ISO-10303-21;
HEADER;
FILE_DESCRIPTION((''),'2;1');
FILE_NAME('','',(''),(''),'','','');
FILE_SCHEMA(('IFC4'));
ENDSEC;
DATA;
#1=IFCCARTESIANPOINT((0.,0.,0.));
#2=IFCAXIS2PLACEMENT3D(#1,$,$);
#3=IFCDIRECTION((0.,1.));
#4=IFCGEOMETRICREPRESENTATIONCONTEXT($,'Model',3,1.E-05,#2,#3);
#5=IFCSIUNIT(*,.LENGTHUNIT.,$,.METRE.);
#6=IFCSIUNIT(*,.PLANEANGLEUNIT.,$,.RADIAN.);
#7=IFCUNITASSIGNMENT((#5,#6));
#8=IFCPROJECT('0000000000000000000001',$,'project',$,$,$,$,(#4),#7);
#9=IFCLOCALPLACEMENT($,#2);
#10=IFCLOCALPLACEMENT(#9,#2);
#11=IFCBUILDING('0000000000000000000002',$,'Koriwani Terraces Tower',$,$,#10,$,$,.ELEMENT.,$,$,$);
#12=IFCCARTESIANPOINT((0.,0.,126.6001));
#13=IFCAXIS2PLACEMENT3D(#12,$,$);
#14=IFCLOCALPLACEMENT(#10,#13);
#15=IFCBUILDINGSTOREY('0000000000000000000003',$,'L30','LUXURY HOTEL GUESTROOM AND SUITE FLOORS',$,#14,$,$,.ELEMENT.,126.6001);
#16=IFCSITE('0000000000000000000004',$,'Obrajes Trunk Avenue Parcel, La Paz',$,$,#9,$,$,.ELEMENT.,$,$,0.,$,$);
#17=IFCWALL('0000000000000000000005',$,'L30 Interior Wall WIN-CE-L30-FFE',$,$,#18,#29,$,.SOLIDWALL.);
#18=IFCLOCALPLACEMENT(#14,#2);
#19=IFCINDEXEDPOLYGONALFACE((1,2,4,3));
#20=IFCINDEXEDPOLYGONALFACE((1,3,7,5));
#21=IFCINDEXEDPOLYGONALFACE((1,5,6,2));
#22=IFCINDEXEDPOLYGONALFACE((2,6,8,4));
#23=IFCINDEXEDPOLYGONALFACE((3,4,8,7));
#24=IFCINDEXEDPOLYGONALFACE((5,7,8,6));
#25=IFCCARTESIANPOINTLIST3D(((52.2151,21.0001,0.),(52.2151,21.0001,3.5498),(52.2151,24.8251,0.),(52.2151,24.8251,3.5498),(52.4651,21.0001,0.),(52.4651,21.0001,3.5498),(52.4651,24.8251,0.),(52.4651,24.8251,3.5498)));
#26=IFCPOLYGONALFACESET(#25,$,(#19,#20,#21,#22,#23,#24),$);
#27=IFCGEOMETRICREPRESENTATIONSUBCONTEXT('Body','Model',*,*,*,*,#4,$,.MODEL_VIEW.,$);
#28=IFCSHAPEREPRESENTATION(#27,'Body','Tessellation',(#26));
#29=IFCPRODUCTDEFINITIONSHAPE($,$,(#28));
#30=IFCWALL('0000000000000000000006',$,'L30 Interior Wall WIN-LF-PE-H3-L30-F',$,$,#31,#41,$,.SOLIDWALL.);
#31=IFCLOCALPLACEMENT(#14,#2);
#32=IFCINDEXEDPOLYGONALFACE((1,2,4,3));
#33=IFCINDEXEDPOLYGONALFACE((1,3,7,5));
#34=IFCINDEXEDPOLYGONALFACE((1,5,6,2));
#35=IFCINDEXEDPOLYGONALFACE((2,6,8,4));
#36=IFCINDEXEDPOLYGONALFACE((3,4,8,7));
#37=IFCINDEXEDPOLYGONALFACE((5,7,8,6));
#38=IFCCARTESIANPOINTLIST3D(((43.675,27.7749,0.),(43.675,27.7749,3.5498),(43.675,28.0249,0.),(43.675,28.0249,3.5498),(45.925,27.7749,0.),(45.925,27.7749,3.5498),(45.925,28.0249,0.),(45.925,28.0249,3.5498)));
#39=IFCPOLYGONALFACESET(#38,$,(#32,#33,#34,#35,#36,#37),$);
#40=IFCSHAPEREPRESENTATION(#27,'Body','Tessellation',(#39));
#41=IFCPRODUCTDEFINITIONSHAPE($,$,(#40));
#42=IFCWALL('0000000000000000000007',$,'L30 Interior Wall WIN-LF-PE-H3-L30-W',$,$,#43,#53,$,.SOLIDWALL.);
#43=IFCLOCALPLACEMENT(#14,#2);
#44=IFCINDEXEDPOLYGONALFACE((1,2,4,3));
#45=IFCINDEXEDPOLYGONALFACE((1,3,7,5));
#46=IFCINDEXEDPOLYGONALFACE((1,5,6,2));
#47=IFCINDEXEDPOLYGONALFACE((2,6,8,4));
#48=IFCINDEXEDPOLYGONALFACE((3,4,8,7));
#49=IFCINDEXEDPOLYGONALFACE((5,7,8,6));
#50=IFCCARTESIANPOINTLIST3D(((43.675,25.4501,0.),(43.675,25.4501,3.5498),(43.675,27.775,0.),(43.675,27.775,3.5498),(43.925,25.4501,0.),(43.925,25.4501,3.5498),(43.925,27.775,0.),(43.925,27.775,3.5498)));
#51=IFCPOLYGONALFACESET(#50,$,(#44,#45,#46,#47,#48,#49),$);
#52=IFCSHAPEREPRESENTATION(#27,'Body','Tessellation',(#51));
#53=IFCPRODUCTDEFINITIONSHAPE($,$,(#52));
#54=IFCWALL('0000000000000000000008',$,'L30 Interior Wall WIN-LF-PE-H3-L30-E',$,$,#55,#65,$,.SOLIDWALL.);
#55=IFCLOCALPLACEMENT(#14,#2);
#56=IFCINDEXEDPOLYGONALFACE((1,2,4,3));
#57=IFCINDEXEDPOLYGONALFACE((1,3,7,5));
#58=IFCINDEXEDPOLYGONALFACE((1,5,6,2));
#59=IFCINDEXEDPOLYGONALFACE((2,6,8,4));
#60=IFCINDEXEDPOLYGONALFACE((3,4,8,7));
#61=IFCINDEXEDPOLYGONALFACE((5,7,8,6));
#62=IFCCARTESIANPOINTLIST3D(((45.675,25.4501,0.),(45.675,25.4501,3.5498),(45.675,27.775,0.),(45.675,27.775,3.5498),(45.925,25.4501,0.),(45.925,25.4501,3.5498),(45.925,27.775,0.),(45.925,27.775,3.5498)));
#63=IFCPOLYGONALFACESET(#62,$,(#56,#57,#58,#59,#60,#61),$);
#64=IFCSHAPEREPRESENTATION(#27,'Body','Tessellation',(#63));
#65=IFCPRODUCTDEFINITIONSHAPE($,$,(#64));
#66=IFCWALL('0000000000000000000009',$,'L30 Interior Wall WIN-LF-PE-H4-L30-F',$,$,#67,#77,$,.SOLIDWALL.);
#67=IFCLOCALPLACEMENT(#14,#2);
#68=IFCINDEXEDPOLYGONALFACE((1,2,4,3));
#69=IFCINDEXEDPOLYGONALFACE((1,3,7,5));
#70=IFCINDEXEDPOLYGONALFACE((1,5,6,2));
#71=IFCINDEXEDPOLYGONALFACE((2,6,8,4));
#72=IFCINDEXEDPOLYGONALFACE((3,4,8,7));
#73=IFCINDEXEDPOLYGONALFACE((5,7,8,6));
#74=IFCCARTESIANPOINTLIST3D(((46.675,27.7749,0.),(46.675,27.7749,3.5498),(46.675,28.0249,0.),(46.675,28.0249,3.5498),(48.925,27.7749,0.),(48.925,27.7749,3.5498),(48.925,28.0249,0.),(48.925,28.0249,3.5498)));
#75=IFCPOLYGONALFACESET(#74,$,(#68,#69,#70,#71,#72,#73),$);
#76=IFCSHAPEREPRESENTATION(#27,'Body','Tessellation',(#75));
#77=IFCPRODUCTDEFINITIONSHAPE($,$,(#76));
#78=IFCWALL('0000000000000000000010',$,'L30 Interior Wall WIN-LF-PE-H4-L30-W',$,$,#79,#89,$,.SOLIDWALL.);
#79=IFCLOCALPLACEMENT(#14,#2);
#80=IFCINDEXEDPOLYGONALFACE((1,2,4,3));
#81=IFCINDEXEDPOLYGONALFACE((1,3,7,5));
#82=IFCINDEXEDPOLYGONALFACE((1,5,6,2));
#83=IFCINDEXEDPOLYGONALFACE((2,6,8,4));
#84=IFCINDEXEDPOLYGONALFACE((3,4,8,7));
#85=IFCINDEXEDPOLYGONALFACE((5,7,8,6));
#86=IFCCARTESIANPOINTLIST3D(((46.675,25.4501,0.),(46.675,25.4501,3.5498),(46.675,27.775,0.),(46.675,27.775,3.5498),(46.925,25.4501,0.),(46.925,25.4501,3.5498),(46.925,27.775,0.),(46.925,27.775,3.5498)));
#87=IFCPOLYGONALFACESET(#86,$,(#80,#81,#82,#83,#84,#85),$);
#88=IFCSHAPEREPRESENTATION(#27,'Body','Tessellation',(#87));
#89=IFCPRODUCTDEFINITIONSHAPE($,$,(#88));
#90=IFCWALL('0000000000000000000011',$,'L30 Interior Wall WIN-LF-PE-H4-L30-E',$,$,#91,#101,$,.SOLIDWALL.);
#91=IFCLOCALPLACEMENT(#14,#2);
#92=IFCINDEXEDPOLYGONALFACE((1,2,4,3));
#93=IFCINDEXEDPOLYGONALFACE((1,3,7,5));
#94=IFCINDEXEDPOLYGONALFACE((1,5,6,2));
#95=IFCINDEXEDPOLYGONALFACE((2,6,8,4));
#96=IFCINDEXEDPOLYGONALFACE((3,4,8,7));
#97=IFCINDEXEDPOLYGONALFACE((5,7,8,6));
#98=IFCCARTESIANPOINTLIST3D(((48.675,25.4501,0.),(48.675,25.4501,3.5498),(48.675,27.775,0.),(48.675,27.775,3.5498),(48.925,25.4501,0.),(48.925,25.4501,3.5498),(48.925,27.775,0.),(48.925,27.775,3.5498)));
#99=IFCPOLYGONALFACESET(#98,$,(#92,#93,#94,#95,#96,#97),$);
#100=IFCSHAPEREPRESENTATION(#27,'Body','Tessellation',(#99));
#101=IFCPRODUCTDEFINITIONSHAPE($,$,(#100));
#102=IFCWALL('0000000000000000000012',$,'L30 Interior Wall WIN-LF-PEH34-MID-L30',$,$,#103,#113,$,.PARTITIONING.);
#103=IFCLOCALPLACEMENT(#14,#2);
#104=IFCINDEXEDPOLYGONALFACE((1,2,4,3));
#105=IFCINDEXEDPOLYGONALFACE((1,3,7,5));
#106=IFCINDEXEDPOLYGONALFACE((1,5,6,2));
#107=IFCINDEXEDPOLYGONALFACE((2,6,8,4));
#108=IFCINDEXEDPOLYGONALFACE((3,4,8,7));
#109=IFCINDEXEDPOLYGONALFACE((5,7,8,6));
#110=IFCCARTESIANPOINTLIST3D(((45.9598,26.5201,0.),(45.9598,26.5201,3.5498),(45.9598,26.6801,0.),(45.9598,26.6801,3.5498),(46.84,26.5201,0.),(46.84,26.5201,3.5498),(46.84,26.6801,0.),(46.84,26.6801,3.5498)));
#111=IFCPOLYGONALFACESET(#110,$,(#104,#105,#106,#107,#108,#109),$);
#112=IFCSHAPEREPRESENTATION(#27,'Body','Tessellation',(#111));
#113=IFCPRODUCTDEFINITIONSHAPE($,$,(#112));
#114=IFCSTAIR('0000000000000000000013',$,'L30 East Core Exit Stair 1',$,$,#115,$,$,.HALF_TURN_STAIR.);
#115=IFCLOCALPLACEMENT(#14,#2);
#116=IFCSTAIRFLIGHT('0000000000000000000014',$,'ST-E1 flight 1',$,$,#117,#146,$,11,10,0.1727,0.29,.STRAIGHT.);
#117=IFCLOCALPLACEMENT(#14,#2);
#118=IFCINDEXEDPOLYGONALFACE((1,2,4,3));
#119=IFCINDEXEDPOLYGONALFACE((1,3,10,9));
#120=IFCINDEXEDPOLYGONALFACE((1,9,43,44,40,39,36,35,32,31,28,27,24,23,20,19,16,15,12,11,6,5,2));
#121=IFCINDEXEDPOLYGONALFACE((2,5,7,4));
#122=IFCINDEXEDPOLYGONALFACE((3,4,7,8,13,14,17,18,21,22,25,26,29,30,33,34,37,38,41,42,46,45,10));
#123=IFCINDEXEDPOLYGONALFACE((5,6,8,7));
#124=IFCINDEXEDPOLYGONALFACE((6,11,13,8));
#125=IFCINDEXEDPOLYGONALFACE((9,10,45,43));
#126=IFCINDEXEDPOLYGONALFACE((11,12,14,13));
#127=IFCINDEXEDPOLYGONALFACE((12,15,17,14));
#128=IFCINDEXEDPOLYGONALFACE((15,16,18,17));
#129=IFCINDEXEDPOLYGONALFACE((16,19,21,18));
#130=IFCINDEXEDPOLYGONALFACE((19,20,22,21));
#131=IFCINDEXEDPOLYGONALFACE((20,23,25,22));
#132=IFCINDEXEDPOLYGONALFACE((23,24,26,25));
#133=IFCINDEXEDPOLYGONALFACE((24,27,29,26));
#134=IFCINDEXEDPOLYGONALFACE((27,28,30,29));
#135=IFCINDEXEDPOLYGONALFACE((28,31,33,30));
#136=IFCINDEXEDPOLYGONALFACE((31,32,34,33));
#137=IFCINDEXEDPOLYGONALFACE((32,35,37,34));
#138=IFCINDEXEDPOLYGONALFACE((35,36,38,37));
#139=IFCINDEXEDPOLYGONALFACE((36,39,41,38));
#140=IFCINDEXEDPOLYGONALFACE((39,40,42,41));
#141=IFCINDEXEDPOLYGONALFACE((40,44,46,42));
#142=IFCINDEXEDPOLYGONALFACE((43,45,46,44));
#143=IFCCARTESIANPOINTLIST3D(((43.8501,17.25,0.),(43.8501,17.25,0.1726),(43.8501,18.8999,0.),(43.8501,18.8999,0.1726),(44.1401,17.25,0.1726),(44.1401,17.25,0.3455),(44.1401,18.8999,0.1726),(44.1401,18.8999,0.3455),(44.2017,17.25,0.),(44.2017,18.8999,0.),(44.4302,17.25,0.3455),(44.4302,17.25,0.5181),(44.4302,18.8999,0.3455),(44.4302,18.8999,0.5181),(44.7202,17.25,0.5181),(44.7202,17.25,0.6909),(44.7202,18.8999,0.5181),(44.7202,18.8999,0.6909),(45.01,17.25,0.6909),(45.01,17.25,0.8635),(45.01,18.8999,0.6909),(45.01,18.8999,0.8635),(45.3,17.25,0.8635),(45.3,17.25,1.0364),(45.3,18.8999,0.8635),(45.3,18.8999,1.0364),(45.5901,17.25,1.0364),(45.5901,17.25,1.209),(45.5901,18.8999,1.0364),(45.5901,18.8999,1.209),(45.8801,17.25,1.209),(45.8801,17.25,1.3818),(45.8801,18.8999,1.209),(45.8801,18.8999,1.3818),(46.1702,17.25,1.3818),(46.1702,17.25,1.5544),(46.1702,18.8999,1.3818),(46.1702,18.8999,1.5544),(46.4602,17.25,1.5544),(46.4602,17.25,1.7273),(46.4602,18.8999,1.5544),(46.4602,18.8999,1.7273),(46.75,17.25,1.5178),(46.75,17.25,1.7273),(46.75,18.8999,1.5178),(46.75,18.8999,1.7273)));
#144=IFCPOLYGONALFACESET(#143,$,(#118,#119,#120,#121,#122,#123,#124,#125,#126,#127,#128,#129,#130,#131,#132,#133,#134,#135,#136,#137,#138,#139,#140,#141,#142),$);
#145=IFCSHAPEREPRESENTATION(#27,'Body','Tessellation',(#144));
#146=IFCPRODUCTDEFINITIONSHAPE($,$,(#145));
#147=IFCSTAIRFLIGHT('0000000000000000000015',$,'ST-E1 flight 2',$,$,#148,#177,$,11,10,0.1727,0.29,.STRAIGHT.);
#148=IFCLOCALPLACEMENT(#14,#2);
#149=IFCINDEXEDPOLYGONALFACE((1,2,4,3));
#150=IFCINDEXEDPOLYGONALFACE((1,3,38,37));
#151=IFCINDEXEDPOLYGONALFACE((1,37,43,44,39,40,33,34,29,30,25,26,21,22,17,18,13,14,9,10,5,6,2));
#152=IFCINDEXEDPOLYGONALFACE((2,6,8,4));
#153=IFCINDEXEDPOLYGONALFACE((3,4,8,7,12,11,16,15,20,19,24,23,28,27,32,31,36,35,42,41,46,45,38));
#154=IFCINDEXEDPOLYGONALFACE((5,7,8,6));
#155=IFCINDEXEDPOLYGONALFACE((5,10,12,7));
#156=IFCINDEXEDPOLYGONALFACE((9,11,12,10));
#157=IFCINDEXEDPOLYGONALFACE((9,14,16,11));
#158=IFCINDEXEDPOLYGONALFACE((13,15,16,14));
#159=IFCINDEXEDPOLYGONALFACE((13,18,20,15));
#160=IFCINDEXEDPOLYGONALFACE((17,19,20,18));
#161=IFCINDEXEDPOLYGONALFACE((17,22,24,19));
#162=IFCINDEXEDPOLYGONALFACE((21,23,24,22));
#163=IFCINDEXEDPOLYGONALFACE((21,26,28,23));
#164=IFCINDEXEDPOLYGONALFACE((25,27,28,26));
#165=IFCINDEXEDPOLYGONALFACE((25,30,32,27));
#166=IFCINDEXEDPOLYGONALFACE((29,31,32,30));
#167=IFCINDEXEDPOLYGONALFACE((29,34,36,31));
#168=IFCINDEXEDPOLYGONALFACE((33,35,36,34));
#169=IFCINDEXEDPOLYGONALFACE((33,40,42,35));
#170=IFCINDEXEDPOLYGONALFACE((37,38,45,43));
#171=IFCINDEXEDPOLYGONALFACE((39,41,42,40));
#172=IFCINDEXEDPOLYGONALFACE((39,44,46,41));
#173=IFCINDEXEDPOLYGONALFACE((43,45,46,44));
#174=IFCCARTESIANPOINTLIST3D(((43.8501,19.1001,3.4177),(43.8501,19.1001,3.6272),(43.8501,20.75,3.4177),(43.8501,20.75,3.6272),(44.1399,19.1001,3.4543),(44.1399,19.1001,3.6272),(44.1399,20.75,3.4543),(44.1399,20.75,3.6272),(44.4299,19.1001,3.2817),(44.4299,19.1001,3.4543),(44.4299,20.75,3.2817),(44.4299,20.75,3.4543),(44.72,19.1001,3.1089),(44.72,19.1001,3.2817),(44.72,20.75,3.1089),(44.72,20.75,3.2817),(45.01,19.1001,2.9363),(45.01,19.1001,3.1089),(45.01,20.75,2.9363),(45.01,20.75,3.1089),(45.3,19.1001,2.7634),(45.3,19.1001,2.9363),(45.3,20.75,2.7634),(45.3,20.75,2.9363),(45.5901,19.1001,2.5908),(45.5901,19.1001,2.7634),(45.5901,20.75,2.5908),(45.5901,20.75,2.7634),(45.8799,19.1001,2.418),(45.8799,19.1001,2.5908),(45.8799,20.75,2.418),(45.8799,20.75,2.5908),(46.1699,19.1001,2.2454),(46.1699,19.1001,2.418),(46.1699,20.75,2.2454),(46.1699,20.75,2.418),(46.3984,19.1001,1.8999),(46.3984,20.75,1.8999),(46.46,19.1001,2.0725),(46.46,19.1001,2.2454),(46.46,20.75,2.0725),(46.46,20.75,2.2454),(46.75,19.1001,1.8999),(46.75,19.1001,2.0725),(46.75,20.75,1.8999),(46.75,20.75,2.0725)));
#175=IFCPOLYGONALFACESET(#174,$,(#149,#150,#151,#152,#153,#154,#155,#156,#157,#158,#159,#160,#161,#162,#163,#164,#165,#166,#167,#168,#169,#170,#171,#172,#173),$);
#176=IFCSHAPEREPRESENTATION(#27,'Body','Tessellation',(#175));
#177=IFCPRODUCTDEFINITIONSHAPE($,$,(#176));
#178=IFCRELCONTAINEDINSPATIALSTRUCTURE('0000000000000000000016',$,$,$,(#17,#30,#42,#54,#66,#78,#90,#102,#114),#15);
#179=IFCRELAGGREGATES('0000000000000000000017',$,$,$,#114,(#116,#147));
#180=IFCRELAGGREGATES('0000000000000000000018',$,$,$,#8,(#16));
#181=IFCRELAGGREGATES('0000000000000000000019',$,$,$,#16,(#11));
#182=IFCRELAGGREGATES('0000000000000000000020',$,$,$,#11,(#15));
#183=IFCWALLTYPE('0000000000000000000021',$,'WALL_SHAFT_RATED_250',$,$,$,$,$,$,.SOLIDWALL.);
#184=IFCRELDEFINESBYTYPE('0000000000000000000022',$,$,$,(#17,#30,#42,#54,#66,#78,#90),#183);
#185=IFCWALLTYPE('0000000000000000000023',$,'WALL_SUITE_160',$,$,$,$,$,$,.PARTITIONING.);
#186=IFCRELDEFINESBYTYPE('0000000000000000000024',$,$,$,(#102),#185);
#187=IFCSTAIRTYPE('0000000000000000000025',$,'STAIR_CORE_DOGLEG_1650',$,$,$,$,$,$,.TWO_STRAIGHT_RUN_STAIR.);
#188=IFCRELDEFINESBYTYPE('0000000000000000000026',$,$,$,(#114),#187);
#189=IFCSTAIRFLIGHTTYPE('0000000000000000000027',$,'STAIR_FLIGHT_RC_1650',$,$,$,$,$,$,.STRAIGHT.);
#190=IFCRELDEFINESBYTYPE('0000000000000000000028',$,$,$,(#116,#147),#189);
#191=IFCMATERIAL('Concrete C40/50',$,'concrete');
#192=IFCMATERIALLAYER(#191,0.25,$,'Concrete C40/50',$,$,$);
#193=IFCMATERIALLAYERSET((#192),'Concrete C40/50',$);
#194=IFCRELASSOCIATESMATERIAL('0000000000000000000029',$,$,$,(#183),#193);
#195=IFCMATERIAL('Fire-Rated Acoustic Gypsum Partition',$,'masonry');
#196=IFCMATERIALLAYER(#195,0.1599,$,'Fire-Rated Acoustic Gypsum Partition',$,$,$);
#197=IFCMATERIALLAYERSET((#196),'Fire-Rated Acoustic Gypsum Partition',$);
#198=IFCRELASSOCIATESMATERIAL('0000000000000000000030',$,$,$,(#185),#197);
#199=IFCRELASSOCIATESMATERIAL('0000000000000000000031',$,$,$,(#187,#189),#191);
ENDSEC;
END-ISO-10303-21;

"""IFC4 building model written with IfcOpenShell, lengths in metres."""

from ifc_helpers import new_model, si_unit, direction, frame, frame_2d, origin, place, context, subcontext, project, spatial, polyline, rectangle, outline, extrude, material, layer, layer_set, type_object, element, aggregate, save


model = new_model("IFC4")

# Units and contexts
model_context = context("Model", 3, precision=1e-05, world=origin(), true_north=direction((0.0, 1.0)))
body_context = subcontext(model_context, "Body", "Model", "MODEL_VIEW")
ifc_project = project(units=[si_unit("LENGTHUNIT", "METRE"), si_unit("PLANEANGLEUNIT", "RADIAN")], contexts=[model_context])

# Site, building, storey
site_placement = place(None, origin())
site = spatial("IfcSite", under=ifc_project, at=site_placement, Name="Obrajes Trunk Avenue Parcel, La Paz", CompositionType="ELEMENT", RefElevation=0.0)
building_placement = place(site_placement, origin())
building = spatial("IfcBuilding", under=site, at=building_placement, Name="Koriwani Terraces Tower", CompositionType="ELEMENT")
storey_placement = place(building_placement, frame((0.0, 0.0, 126.6001)))
storey = spatial("IfcBuildingStorey", under=building, at=storey_placement, Name="L30", Description="LUXURY HOTEL GUESTROOM AND SUITE FLOORS", CompositionType="ELEMENT", Elevation=126.6001)

# Shared definitions
ifc_material_1 = material(Name="Concrete C40/50", Category="concrete")
ifc_layer_1 = layer(ifc_material_1, 0.25, Name="Concrete C40/50")
ifc_layer_set_1 = layer_set([ifc_layer_1], Name="Concrete C40/50")
wall_type_1 = type_object("IfcWallType", Name="WALL_SHAFT_RATED_250", PredefinedType="SOLIDWALL", material=ifc_layer_set_1)

# Walls
wall_1_placement = place(storey_placement, frame((52.3401, 21.0, 0.0), z_axis=(0.0, 0.0, 1.0), x_axis=(0.0, 1.0, 0.0)))
element("IfcWall", 1, at=wall_1_placement, inside=storey, type_object=wall_type_1, Name="L30 Interior Wall WIN-CE-L30-FFE", PredefinedType="SOLIDWALL", context=body_context, shape_type="SweptSolid", body=[
    extrude(rectangle(XDim=3.825, YDim=0.25, at=frame_2d((1.9126, 0.0))), origin(), (0.0, 0.0, 1.0), 3.5498),
])
wall_2_placement = place(storey_placement, frame((43.675, 27.8999, 0.0), z_axis=(0.0, 0.0, 1.0), x_axis=(1.0, 0.0, 0.0)))
element("IfcWall", 2, at=wall_2_placement, inside=storey, type_object=wall_type_1, Name="L30 Interior Wall WIN-LF-PE-H3-L30-F", PredefinedType="SOLIDWALL", context=body_context, shape_type="SweptSolid", body=[
    extrude(rectangle(XDim=2.25, YDim=0.25, at=frame_2d((1.125, 0.0))), origin(), (0.0, 0.0, 1.0), 3.5498),
])
for number, where, z_axis, x_axis, name in (
    (3, (43.8, 25.45, 0.0), (0.0, 0.0, 1.0), (0.0, 1.0, 0.0), "L30 Interior Wall WIN-LF-PE-H3-L30-W"),
    (4, (45.8, 25.45, 0.0), (0.0, 0.0, 1.0), (0.0, 1.0, 0.0), "L30 Interior Wall WIN-LF-PE-H3-L30-E"),
):
    element("IfcWall", number, at=place(storey_placement, frame(where, z_axis=z_axis, x_axis=x_axis)), inside=storey, type_object=wall_type_1, Name=name, PredefinedType="SOLIDWALL", context=body_context, shape_type="SweptSolid", body=[
        extrude(rectangle(XDim=2.325, YDim=0.25, at=frame_2d((1.1626, 0.0))), origin(), (0.0, 0.0, 1.0), 3.5498),
    ])
wall_3_placement = place(storey_placement, frame((46.675, 27.8999, 0.0), z_axis=(0.0, 0.0, 1.0), x_axis=(1.0, 0.0, 0.0)))
element("IfcWall", 5, at=wall_3_placement, inside=storey, type_object=wall_type_1, Name="L30 Interior Wall WIN-LF-PE-H4-L30-F", PredefinedType="SOLIDWALL", context=body_context, shape_type="SweptSolid", body=[
    extrude(rectangle(XDim=2.25, YDim=0.25, at=frame_2d((1.125, 0.0))), origin(), (0.0, 0.0, 1.0), 3.5498),
])
for number, where, z_axis, x_axis, name in (
    (6, (46.8, 25.45, 0.0), (0.0, 0.0, 1.0), (0.0, 1.0, 0.0), "L30 Interior Wall WIN-LF-PE-H4-L30-W"),
    (7, (48.8, 25.45, 0.0), (0.0, 0.0, 1.0), (0.0, 1.0, 0.0), "L30 Interior Wall WIN-LF-PE-H4-L30-E"),
):
    element("IfcWall", number, at=place(storey_placement, frame(where, z_axis=z_axis, x_axis=x_axis)), inside=storey, type_object=wall_type_1, Name=name, PredefinedType="SOLIDWALL", context=body_context, shape_type="SweptSolid", body=[
        extrude(rectangle(XDim=2.325, YDim=0.25, at=frame_2d((1.1626, 0.0))), origin(), (0.0, 0.0, 1.0), 3.5498),
    ])
ifc_material_2 = material(Name="Fire-Rated Acoustic Gypsum Partition", Category="masonry")
ifc_layer_2 = layer(ifc_material_2, 0.1599, Name="Fire-Rated Acoustic Gypsum Partition")
ifc_layer_set_2 = layer_set([ifc_layer_2], Name="Fire-Rated Acoustic Gypsum Partition")
wall_type_2 = type_object("IfcWallType", Name="WALL_SUITE_160", PredefinedType="PARTITIONING", material=ifc_layer_set_2)
wall_4_placement = place(storey_placement, frame((45.96, 26.6001, 0.0), z_axis=(0.0, 0.0, 1.0), x_axis=(1.0, 0.0, 0.0)))
element("IfcWall", 8, at=wall_4_placement, inside=storey, type_object=wall_type_2, Name="L30 Interior Wall WIN-LF-PEH34-MID-L30", PredefinedType="PARTITIONING", context=body_context, shape_type="SweptSolid", body=[
    extrude(rectangle(XDim=0.8801, YDim=0.1599, at=frame_2d((0.4399, 0.0))), origin(), (0.0, 0.0, 1.0), 3.5498),
])

# Stair, stair flights
stair_type = type_object("IfcStairType", Name="STAIR_CORE_DOGLEG_1650", PredefinedType="TWO_STRAIGHT_RUN_STAIR", material=ifc_material_1)
stair_placement = place(storey_placement, origin())
stair = element("IfcStair", 9, at=stair_placement, inside=storey, type_object=stair_type, Name="L30 East Core Exit Stair 1", PredefinedType="HALF_TURN_STAIR")
stair_flight_type = type_object("IfcStairFlightType", Name="STAIR_FLIGHT_RC_1650", PredefinedType="STRAIGHT", material=ifc_material_1)
stair_flight_1_placement = place(storey_placement, frame((43.8501, 18.075, 0.0), z_axis=(0.0, 0.0, 1.0), x_axis=(1.0, 0.0, 0.0)))
stair_flight_1 = element("IfcStairFlight", 10, at=stair_flight_1_placement, type_object=stair_flight_type, Name="ST-E1 flight 1", NumberOfRisers=11, NumberOfTreads=10, PredefinedType="STRAIGHT", RiserHeight=0.1727, TreadLength=0.29, context=body_context, shape_type="SweptSolid", body=[
    extrude(outline(polyline([(0.0, 0.0), (0.0, 0.1726), (0.29, 0.1726), (0.29, 0.3455), (0.5801, 0.3455), (0.5801, 0.5181), (0.8701, 0.5181), (0.8701, 0.6909), (1.1599, 0.6909), (1.1599, 0.8635), (1.45, 0.8635), (1.45, 1.0364), (1.74, 1.0364), (1.74, 1.209), (2.03, 1.209), (2.03, 1.3818), (2.3201, 1.3818), (2.3201, 1.5544), (2.6101, 1.5544), (2.6101, 1.7273), (2.8999, 1.7273), (2.8999, 1.8999), (2.8999, 1.5178), (0.3516, 0.0), (0.0, 0.0)])), frame((0.0, 0.825, 0.0), z_axis=(0.0, -1.0, 0.0), x_axis=(1.0, 0.0, 0.0)), (0.0, 0.0, 1.0), 1.6499),
])
stair_flight_2_placement = place(storey_placement, frame((46.75, 19.925, 1.8999), z_axis=(0.0, 0.0, 1.0), x_axis=(-1.0, 0.0, 0.0)))
stair_flight_2 = element("IfcStairFlight", 11, at=stair_flight_2_placement, type_object=stair_flight_type, Name="ST-E1 flight 2", NumberOfRisers=11, NumberOfTreads=10, PredefinedType="STRAIGHT", RiserHeight=0.1727, TreadLength=0.29, context=body_context, shape_type="SweptSolid", body=[
    extrude(outline(polyline([(0.0, 0.0), (0.0, 0.1726), (0.29, 0.1726), (0.29, 0.3455), (0.5801, 0.3455), (0.5801, 0.5181), (0.8701, 0.5181), (0.8701, 0.6909), (1.1599, 0.6909), (1.1599, 0.8635), (1.45, 0.8635), (1.45, 1.0364), (1.74, 1.0364), (1.74, 1.209), (2.03, 1.209), (2.03, 1.3818), (2.3201, 1.3818), (2.3201, 1.5544), (2.6101, 1.5544), (2.6101, 1.7273), (2.8999, 1.7273), (2.8999, 1.8999), (2.8999, 1.5178), (0.3516, 0.0), (0.0, 0.0)])), frame((0.0, 0.825, 0.0), z_axis=(0.0, -1.0, 0.0), x_axis=(1.0, 0.0, 0.0)), (0.0, 0.0, 1.0), 1.6499),
])
aggregate(stair, [stair_flight_1, stair_flight_2])

save(model, "model.ifc")
